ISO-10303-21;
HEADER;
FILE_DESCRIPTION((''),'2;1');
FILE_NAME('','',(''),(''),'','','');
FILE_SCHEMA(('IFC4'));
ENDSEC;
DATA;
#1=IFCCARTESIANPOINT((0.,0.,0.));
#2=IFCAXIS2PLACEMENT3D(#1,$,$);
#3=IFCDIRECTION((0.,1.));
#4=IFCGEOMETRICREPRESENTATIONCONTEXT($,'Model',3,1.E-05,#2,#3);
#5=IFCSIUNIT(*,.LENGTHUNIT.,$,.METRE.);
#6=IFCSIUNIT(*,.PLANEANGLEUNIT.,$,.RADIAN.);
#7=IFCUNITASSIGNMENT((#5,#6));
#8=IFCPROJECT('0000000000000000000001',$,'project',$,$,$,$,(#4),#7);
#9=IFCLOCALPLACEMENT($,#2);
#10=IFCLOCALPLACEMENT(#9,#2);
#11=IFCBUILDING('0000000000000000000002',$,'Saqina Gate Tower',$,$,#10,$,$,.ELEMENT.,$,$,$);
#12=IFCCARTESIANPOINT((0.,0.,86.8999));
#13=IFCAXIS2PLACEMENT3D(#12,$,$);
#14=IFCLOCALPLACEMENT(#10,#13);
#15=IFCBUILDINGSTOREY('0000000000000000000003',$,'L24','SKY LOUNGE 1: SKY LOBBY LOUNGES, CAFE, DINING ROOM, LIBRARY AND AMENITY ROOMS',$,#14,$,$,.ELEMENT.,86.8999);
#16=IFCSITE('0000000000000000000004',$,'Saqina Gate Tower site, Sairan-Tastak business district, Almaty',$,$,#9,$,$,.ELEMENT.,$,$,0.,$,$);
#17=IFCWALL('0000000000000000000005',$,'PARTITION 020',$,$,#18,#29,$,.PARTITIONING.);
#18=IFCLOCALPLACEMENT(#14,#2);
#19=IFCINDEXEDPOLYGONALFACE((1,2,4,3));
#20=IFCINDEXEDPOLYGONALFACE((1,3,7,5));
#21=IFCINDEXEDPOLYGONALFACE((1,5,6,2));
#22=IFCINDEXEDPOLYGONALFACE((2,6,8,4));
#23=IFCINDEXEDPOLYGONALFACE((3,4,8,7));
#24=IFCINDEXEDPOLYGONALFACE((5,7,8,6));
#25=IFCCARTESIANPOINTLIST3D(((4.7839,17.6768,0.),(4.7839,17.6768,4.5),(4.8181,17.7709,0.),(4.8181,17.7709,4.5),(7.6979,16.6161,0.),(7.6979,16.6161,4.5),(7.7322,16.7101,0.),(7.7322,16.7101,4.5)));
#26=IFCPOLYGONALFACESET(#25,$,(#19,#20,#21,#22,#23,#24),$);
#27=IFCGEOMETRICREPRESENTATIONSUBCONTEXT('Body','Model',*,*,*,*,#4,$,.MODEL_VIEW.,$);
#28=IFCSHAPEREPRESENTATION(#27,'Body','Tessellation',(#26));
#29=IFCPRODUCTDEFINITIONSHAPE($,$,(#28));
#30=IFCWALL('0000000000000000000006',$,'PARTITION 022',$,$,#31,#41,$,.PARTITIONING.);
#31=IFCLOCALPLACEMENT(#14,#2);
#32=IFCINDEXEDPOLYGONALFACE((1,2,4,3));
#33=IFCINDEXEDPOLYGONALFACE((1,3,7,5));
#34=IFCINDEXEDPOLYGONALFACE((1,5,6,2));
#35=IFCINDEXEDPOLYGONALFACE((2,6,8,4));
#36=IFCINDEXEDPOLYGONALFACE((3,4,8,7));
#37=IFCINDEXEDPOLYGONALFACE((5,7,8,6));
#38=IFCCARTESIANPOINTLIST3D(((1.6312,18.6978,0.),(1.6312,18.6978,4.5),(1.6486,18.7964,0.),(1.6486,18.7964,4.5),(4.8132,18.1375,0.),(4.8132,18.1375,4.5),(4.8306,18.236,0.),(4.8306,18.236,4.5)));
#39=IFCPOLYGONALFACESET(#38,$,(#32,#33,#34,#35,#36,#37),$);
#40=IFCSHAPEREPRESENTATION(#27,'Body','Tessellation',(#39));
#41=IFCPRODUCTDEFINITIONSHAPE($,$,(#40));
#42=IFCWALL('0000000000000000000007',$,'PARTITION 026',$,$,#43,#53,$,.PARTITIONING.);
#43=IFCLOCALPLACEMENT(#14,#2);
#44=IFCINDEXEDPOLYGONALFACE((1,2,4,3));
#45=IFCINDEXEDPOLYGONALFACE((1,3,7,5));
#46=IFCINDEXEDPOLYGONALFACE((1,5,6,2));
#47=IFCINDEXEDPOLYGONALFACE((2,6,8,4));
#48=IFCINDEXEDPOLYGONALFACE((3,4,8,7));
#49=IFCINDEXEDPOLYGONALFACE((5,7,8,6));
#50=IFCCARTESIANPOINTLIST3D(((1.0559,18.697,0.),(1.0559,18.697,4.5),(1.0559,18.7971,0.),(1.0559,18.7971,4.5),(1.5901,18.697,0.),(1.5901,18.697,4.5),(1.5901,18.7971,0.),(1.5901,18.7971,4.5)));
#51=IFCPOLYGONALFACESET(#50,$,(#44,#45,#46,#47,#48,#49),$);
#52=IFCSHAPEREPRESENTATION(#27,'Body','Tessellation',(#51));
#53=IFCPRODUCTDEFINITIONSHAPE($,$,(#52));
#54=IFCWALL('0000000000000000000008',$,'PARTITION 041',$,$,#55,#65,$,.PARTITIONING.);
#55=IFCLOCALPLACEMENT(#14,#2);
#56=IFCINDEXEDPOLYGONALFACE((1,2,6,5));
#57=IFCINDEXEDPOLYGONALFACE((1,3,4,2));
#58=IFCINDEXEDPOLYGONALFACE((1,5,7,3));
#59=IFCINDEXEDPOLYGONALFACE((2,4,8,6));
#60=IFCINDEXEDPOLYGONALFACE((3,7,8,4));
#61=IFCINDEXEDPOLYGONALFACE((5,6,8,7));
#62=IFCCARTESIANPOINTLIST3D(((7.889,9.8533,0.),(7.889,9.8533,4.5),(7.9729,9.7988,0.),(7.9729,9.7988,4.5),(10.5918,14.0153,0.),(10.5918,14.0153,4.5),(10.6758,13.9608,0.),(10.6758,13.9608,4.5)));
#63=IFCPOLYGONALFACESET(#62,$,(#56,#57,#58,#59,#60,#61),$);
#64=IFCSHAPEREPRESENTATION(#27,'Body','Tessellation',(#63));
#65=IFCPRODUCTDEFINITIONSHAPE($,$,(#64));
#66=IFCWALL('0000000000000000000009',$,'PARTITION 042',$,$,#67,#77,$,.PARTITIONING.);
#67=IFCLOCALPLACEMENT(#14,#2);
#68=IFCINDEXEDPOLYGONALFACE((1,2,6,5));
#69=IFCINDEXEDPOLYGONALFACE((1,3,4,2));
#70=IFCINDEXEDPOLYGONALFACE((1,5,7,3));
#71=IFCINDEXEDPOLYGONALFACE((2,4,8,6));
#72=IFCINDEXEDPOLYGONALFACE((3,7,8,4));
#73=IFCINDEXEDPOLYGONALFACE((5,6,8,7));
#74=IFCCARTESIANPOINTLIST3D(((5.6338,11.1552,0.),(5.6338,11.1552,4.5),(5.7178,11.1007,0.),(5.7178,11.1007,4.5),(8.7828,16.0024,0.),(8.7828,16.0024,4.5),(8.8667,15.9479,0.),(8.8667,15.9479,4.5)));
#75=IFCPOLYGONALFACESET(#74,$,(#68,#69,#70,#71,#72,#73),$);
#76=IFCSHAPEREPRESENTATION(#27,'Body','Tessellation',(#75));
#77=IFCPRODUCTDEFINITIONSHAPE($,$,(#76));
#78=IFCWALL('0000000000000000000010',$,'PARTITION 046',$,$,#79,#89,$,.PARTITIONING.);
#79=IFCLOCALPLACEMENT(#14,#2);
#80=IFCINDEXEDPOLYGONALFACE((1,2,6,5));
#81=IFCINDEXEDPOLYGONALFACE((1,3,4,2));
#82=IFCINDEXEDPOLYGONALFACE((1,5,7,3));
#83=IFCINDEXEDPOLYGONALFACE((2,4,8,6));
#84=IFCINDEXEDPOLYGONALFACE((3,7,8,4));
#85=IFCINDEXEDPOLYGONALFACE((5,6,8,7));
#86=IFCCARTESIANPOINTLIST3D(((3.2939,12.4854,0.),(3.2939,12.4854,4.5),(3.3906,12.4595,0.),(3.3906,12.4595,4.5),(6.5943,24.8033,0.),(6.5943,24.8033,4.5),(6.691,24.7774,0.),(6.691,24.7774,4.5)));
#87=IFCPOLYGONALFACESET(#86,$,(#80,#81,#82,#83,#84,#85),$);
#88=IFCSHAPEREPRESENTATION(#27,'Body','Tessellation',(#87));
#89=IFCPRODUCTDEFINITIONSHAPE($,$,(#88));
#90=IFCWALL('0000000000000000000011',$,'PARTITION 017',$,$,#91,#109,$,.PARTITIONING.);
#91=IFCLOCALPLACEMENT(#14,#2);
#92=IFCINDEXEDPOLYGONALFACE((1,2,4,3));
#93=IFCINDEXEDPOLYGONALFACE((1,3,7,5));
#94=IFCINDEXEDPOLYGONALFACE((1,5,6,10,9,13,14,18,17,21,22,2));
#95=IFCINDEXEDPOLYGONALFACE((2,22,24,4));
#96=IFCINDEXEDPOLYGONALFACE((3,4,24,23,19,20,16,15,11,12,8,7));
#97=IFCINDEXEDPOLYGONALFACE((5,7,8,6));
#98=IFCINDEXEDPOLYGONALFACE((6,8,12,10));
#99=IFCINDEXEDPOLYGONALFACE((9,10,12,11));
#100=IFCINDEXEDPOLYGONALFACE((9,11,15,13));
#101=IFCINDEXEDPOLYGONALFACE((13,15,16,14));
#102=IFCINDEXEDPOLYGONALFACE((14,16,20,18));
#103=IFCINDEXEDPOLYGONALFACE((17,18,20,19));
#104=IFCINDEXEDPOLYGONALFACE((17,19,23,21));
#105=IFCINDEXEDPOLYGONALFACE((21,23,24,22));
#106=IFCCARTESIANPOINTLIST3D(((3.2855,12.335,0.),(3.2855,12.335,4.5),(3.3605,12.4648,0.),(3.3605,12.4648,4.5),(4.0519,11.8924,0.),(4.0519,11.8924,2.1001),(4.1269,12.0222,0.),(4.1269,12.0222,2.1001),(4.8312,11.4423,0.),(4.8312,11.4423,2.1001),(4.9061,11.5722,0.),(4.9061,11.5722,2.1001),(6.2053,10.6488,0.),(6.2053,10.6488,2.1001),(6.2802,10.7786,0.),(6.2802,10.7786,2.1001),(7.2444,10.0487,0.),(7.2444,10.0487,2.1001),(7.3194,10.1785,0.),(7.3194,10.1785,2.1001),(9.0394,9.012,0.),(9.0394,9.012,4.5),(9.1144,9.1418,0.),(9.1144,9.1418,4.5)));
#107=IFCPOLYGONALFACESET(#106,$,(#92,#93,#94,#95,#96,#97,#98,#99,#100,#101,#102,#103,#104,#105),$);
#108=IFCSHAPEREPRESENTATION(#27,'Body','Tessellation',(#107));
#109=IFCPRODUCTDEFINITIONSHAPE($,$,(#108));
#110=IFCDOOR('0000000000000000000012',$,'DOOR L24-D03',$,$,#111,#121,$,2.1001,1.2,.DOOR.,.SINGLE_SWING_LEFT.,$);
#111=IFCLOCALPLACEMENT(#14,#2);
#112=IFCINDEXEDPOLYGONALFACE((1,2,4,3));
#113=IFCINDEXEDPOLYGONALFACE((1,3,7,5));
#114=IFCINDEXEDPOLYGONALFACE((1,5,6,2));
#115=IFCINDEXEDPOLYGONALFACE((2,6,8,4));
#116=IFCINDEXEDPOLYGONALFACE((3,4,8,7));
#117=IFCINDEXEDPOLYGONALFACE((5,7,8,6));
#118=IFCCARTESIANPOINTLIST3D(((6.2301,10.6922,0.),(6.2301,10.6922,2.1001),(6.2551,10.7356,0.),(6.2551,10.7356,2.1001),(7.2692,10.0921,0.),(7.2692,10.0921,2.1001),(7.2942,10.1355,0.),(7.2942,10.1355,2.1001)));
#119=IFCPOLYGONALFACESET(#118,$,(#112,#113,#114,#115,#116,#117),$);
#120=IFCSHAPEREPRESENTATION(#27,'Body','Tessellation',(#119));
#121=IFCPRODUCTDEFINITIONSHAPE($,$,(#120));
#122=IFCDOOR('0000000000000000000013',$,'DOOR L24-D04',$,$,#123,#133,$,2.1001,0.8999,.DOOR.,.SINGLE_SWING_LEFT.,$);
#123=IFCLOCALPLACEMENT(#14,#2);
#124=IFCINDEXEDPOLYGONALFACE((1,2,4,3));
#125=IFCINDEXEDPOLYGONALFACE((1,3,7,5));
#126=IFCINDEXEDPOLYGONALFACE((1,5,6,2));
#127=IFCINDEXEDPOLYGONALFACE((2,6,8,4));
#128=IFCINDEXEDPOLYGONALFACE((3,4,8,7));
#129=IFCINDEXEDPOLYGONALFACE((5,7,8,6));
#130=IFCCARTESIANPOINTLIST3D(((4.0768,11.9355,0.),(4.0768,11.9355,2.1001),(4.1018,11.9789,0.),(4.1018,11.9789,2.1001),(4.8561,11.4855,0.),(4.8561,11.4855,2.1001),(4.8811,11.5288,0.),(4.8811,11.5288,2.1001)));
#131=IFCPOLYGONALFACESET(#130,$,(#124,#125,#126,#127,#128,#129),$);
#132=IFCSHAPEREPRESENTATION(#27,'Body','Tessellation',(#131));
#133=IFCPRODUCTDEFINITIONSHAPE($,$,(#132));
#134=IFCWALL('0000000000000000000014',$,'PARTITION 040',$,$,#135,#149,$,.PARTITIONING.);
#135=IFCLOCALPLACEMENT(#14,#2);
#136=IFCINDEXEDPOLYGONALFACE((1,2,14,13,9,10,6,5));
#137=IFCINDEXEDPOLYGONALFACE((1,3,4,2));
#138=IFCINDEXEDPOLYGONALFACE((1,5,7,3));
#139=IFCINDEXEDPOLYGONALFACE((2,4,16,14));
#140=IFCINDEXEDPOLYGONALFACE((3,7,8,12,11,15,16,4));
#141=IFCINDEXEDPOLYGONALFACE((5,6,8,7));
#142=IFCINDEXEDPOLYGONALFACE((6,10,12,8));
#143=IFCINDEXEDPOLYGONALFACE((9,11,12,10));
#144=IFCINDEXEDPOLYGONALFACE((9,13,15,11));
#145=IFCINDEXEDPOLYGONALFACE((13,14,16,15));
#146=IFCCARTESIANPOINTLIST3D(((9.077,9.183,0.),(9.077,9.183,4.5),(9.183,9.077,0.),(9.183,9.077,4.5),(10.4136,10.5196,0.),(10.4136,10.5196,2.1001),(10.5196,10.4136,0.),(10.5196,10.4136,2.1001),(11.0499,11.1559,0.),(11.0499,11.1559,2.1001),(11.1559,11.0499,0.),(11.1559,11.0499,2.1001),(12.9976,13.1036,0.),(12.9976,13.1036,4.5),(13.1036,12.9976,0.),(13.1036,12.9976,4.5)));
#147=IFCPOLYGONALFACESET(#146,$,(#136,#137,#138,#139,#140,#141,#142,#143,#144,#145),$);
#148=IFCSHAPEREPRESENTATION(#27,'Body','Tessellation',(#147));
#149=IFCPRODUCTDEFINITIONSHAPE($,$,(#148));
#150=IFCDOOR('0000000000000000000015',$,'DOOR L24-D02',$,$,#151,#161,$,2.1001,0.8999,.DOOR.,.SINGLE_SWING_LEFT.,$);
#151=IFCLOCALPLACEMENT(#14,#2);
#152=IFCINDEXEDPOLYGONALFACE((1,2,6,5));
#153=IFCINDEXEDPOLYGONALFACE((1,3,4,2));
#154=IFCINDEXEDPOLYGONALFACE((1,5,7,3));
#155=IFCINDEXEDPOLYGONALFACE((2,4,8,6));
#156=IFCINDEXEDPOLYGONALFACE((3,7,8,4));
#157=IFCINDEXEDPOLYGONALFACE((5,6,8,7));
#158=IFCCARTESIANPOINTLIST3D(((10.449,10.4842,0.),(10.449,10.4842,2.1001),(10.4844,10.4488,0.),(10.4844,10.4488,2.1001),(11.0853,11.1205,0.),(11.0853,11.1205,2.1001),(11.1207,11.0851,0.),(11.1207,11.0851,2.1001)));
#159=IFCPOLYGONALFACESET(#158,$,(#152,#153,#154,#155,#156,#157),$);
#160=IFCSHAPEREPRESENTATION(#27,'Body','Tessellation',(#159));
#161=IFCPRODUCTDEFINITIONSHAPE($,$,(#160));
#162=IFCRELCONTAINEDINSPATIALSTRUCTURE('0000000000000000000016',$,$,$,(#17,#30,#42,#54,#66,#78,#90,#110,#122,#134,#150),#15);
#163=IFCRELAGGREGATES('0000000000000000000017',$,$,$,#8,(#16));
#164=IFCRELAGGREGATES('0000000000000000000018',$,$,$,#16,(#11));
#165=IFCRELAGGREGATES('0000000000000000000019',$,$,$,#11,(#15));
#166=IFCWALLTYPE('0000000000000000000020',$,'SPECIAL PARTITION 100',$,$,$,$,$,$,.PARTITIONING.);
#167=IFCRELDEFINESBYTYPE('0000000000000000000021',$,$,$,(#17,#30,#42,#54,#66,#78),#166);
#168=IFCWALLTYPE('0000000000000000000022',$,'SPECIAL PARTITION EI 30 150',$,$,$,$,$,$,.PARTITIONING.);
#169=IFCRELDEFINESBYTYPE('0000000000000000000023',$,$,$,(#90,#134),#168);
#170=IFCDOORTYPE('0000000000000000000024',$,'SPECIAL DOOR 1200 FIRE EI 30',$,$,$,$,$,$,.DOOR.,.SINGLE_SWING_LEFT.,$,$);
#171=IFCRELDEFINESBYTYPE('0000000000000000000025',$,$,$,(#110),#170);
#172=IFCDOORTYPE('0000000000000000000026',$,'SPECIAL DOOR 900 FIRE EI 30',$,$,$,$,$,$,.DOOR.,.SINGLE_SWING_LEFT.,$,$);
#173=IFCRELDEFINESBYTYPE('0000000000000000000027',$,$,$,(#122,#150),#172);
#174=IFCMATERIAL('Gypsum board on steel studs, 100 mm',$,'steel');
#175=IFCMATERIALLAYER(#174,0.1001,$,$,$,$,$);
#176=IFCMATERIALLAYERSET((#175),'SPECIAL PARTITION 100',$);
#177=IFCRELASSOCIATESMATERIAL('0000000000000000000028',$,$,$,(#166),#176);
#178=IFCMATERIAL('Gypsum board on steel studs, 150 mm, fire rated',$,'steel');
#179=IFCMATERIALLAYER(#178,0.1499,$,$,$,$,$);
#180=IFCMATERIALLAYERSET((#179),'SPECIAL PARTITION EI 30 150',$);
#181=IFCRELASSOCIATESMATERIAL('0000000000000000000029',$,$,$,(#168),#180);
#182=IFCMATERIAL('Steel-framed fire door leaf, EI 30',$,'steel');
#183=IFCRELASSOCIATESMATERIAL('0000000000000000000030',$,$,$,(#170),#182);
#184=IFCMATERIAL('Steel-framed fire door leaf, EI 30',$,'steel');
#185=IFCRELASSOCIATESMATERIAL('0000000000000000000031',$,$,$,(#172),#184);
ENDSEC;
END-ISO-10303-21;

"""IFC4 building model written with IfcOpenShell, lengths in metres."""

from ifc_helpers import new_model, si_unit, direction, frame, frame_2d, origin, place, context, subcontext, project, spatial, rectangle, extrude, material, layer, layer_set, type_object, element, fill, save


model = new_model("IFC4")

# Units and contexts
model_context = context("Model", 3, precision=1e-05, world=origin(), true_north=direction((0.0, 1.0)))
body_context = subcontext(model_context, "Body", "Model", "MODEL_VIEW")
ifc_project = project(units=[si_unit("LENGTHUNIT", "METRE"), si_unit("PLANEANGLEUNIT", "RADIAN")], contexts=[model_context])

# Site, building, storey
site_placement = place(None, origin())
site = spatial("IfcSite", under=ifc_project, at=site_placement, Name="Saqina Gate Tower site, Sairan-Tastak business district, Almaty", CompositionType="ELEMENT", RefElevation=0.0)
building_placement = place(site_placement, origin())
building = spatial("IfcBuilding", under=site, at=building_placement, Name="Saqina Gate Tower", CompositionType="ELEMENT")
storey_placement = place(building_placement, frame((0.0, 0.0, 86.8999)))
storey = spatial("IfcBuildingStorey", under=building, at=storey_placement, Name="L24", Description="SKY LOUNGE 1: SKY LOBBY LOUNGES, CAFE, DINING ROOM, LIBRARY AND AMENITY ROOMS", CompositionType="ELEMENT", Elevation=86.8999)

# Shared definitions
ifc_material_1 = material(Name="Gypsum board on steel studs, 100 mm", Category="steel")
ifc_layer_1 = layer(ifc_material_1, 0.1001)
ifc_layer_set_1 = layer_set([ifc_layer_1], Name="SPECIAL PARTITION 100")
wall_type_1 = type_object("IfcWallType", Name="SPECIAL PARTITION 100", PredefinedType="PARTITIONING", material=ifc_layer_set_1)

# Walls
wall_1_placement = place(storey_placement, frame((4.801, 17.7239, 0.0), z_axis=(0.0, 0.0, 1.0), x_axis=(0.939676, -0.342065, 0.0)))
element("IfcWall", 1, at=wall_1_placement, inside=storey, type_object=wall_type_1, Name="PARTITION 020", PredefinedType="PARTITIONING", context=body_context, shape_type="SweptSolid", body=[
    extrude(rectangle(XDim=3.1011, YDim=0.1001, at=frame_2d((1.5505, 0.0))), origin(), (0.0, 0.0, 1.0), 4.5),
])
wall_2_placement = place(storey_placement, frame((1.6399, 18.7471, 0.0), z_axis=(0.0, 0.0, 1.0), x_axis=(0.984847, -0.173423, 0.0)))
element("IfcWall", 2, at=wall_2_placement, inside=storey, type_object=wall_type_1, Name="PARTITION 022", PredefinedType="PARTITIONING", context=body_context, shape_type="SweptSolid", body=[
    extrude(rectangle(XDim=3.231, YDim=0.1001, at=frame_2d((1.6155, 0.0))), origin(), (0.0, 0.0, 1.0), 4.5),
])
wall_3_placement = place(storey_placement, frame((1.0559, 18.7471, 0.0), z_axis=(0.0, 0.0, 1.0), x_axis=(1.0, 0.0, 0.0)))
element("IfcWall", 3, at=wall_3_placement, inside=storey, type_object=wall_type_1, Name="PARTITION 026", PredefinedType="PARTITIONING", context=body_context, shape_type="SweptSolid", body=[
    extrude(rectangle(XDim=0.5342, YDim=0.1001, at=frame_2d((0.2671, 0.0))), origin(), (0.0, 0.0, 1.0), 4.5),
])
wall_4_placement = place(storey_placement, frame((7.9309, 9.8259, 0.0), z_axis=(0.0, 0.0, 1.0), x_axis=(0.544636, 0.838673, 0.0)))
element("IfcWall", 4, at=wall_4_placement, inside=storey, type_object=wall_type_1, Name="PARTITION 041", PredefinedType="PARTITIONING", context=body_context, shape_type="SweptSolid", body=[
    extrude(rectangle(XDim=4.9626, YDim=0.1001, at=frame_2d((2.4814, 0.0))), origin(), (0.0, 0.0, 1.0), 4.5),
])
wall_5_placement = place(storey_placement, frame((5.6758, 11.1279, 0.0), z_axis=(0.0, 0.0, 1.0), x_axis=(0.544778, 0.838581, 0.0)))
element("IfcWall", 5, at=wall_5_placement, inside=storey, type_object=wall_type_1, Name="PARTITION 042", PredefinedType="PARTITIONING", context=body_context, shape_type="SweptSolid", body=[
    extrude(rectangle(XDim=5.7803, YDim=0.1001, at=frame_2d((2.8901, 0.0))), origin(), (0.0, 0.0, 1.0), 4.5),
])
wall_6_placement = place(storey_placement, frame((3.3423, 12.4724, 0.0), z_axis=(0.0, 0.0, 1.0), x_axis=(0.258799, 0.965931, 0.0)))
element("IfcWall", 6, at=wall_6_placement, inside=storey, type_object=wall_type_1, Name="PARTITION 046", PredefinedType="PARTITIONING", context=body_context, shape_type="SweptSolid", body=[
    extrude(rectangle(XDim=12.7524, YDim=0.1001, at=frame_2d((6.3762, 0.0))), origin(), (0.0, 0.0, 1.0), 4.5),
])

# Wall, openings, doors
ifc_material_2 = material(Name="Gypsum board on steel studs, 150 mm, fire rated", Category="steel")
ifc_layer_2 = layer(ifc_material_2, 0.1499)
ifc_layer_set_2 = layer_set([ifc_layer_2], Name="SPECIAL PARTITION EI 30 150")
wall_type_2 = type_object("IfcWallType", Name="SPECIAL PARTITION EI 30 150", PredefinedType="PARTITIONING", material=ifc_layer_set_2)
wall_7_placement = place(storey_placement, frame((3.323, 12.3999, 0.0), z_axis=(0.0, 0.0, 1.0), x_axis=(0.865962, -0.50011, 0.0)))
wall_7 = element("IfcWall", 7, at=wall_7_placement, inside=storey, type_object=wall_type_2, Name="PARTITION 017", PredefinedType="PARTITIONING", context=body_context, shape_type="SweptSolid", body=[
    extrude(rectangle(XDim=6.6445, YDim=0.1499, at=frame_2d((3.3223, 0.0))), origin(), (0.0, 0.0, 1.0), 4.5),
])
opening_1_placement = place(wall_7_placement, frame((3.3716, 0.0, 0.0)))
opening_1 = element("IfcOpeningElement", 8, at=opening_1_placement, cuts=wall_7, PredefinedType="OPENING", context=body_context, shape_type="SweptSolid", body=[
    extrude(rectangle(XDim=1.2, YDim=2.1001, at=frame_2d((0.6001, 1.05))), frame((0.0, 0.0869, 0.0), z_axis=(0.0, -1.0, 0.0), x_axis=(1.0, 0.0, 0.0)), (0.0, 0.0, 1.0), 0.1738),
])
opening_2_placement = place(wall_7_placement, frame((0.885, 0.0, 0.0)))
opening_2 = element("IfcOpeningElement", 9, at=opening_2_placement, cuts=wall_7, PredefinedType="OPENING", context=body_context, shape_type="SweptSolid", body=[
    extrude(rectangle(XDim=0.8999, YDim=2.1001, at=frame_2d((0.45, 1.05))), frame((0.0, 0.0869, 0.0), z_axis=(0.0, -1.0, 0.0), x_axis=(1.0, 0.0, 0.0)), (0.0, 0.0, 1.0), 0.1738),
])
ifc_material_3 = material(Name="Steel-framed fire door leaf, EI 30", Category="steel")
door_type_1 = type_object("IfcDoorType", Name="SPECIAL DOOR 1200 FIRE EI 30", OperationType="SINGLE_SWING_LEFT", PredefinedType="DOOR", material=ifc_material_3)
door_1_placement = place(opening_1_placement, frame((1.2, 0.0, 0.0), z_axis=(0.0, 0.0, 1.0), x_axis=(-1.0, 0.0, 0.0)))
door_1 = element("IfcDoor", 10, at=door_1_placement, inside=storey, type_object=door_type_1, Name="DOOR L24-D03", OperationType="SINGLE_SWING_LEFT", OverallHeight=2.1001, OverallWidth=1.2, PredefinedType="DOOR", context=body_context, shape_type="SweptSolid", body=[
    extrude(rectangle(XDim=1.2, YDim=2.1001, at=frame_2d((0.6001, 1.05))), frame((0.0, 0.0249, 0.0), z_axis=(0.0, -1.0, 0.0), x_axis=(1.0, 0.0, 0.0)), (0.0, 0.0, 1.0), 0.05),
])
fill(opening_1, door_1)
ifc_material_4 = material(Name="Steel-framed fire door leaf, EI 30", Category="steel")
door_type_2 = type_object("IfcDoorType", Name="SPECIAL DOOR 900 FIRE EI 30", OperationType="SINGLE_SWING_LEFT", PredefinedType="DOOR", material=ifc_material_4)
door_2_placement = place(opening_2_placement, origin())
door_2 = element("IfcDoor", 11, at=door_2_placement, inside=storey, type_object=door_type_2, Name="DOOR L24-D04", OperationType="SINGLE_SWING_LEFT", OverallHeight=2.1001, OverallWidth=0.8999, PredefinedType="DOOR", context=body_context, shape_type="SweptSolid", body=[
    extrude(rectangle(XDim=0.8999, YDim=2.1001, at=frame_2d((0.45, 1.05))), frame((0.0, 0.0249, 0.0), z_axis=(0.0, -1.0, 0.0), x_axis=(1.0, 0.0, 0.0)), (0.0, 0.0, 1.0), 0.05),
])
fill(opening_2, door_2)

# Wall, opening, door
wall_8_placement = place(storey_placement, frame((9.1299, 9.1299, 0.0), z_axis=(0.0, 0.0, 1.0), x_axis=(0.707107, 0.707107, 0.0)))
wall_8 = element("IfcWall", 12, at=wall_8_placement, inside=storey, type_object=wall_type_2, Name="PARTITION 040", PredefinedType="PARTITIONING", context=body_context, shape_type="SweptSolid", body=[
    extrude(rectangle(XDim=5.5447, YDim=0.1499, at=frame_2d((2.7725, 0.0))), origin(), (0.0, 0.0, 1.0), 4.5),
])
opening_3_placement = place(wall_8_placement, frame((1.8904, 0.0, 0.0)))
opening_3 = element("IfcOpeningElement", 13, at=opening_3_placement, cuts=wall_8, PredefinedType="OPENING", context=body_context, shape_type="SweptSolid", body=[
    extrude(rectangle(XDim=0.8999, YDim=2.1001, at=frame_2d((0.45, 1.05))), frame((0.0, 0.0869, 0.0), z_axis=(0.0, -1.0, 0.0), x_axis=(1.0, 0.0, 0.0)), (0.0, 0.0, 1.0), 0.1738),
])
door_3_placement = place(opening_3_placement, origin())
door_3 = element("IfcDoor", 14, at=door_3_placement, inside=storey, type_object=door_type_2, Name="DOOR L24-D02", OperationType="SINGLE_SWING_LEFT", OverallHeight=2.1001, OverallWidth=0.8999, PredefinedType="DOOR", context=body_context, shape_type="SweptSolid", body=[
    extrude(rectangle(XDim=0.8999, YDim=2.1001, at=frame_2d((0.45, 1.05))), frame((0.0, 0.0249, 0.0), z_axis=(0.0, -1.0, 0.0), x_axis=(1.0, 0.0, 0.0)), (0.0, 0.0, 1.0), 0.05),
])
fill(opening_3, door_3)

save(model, "model.ifc")
